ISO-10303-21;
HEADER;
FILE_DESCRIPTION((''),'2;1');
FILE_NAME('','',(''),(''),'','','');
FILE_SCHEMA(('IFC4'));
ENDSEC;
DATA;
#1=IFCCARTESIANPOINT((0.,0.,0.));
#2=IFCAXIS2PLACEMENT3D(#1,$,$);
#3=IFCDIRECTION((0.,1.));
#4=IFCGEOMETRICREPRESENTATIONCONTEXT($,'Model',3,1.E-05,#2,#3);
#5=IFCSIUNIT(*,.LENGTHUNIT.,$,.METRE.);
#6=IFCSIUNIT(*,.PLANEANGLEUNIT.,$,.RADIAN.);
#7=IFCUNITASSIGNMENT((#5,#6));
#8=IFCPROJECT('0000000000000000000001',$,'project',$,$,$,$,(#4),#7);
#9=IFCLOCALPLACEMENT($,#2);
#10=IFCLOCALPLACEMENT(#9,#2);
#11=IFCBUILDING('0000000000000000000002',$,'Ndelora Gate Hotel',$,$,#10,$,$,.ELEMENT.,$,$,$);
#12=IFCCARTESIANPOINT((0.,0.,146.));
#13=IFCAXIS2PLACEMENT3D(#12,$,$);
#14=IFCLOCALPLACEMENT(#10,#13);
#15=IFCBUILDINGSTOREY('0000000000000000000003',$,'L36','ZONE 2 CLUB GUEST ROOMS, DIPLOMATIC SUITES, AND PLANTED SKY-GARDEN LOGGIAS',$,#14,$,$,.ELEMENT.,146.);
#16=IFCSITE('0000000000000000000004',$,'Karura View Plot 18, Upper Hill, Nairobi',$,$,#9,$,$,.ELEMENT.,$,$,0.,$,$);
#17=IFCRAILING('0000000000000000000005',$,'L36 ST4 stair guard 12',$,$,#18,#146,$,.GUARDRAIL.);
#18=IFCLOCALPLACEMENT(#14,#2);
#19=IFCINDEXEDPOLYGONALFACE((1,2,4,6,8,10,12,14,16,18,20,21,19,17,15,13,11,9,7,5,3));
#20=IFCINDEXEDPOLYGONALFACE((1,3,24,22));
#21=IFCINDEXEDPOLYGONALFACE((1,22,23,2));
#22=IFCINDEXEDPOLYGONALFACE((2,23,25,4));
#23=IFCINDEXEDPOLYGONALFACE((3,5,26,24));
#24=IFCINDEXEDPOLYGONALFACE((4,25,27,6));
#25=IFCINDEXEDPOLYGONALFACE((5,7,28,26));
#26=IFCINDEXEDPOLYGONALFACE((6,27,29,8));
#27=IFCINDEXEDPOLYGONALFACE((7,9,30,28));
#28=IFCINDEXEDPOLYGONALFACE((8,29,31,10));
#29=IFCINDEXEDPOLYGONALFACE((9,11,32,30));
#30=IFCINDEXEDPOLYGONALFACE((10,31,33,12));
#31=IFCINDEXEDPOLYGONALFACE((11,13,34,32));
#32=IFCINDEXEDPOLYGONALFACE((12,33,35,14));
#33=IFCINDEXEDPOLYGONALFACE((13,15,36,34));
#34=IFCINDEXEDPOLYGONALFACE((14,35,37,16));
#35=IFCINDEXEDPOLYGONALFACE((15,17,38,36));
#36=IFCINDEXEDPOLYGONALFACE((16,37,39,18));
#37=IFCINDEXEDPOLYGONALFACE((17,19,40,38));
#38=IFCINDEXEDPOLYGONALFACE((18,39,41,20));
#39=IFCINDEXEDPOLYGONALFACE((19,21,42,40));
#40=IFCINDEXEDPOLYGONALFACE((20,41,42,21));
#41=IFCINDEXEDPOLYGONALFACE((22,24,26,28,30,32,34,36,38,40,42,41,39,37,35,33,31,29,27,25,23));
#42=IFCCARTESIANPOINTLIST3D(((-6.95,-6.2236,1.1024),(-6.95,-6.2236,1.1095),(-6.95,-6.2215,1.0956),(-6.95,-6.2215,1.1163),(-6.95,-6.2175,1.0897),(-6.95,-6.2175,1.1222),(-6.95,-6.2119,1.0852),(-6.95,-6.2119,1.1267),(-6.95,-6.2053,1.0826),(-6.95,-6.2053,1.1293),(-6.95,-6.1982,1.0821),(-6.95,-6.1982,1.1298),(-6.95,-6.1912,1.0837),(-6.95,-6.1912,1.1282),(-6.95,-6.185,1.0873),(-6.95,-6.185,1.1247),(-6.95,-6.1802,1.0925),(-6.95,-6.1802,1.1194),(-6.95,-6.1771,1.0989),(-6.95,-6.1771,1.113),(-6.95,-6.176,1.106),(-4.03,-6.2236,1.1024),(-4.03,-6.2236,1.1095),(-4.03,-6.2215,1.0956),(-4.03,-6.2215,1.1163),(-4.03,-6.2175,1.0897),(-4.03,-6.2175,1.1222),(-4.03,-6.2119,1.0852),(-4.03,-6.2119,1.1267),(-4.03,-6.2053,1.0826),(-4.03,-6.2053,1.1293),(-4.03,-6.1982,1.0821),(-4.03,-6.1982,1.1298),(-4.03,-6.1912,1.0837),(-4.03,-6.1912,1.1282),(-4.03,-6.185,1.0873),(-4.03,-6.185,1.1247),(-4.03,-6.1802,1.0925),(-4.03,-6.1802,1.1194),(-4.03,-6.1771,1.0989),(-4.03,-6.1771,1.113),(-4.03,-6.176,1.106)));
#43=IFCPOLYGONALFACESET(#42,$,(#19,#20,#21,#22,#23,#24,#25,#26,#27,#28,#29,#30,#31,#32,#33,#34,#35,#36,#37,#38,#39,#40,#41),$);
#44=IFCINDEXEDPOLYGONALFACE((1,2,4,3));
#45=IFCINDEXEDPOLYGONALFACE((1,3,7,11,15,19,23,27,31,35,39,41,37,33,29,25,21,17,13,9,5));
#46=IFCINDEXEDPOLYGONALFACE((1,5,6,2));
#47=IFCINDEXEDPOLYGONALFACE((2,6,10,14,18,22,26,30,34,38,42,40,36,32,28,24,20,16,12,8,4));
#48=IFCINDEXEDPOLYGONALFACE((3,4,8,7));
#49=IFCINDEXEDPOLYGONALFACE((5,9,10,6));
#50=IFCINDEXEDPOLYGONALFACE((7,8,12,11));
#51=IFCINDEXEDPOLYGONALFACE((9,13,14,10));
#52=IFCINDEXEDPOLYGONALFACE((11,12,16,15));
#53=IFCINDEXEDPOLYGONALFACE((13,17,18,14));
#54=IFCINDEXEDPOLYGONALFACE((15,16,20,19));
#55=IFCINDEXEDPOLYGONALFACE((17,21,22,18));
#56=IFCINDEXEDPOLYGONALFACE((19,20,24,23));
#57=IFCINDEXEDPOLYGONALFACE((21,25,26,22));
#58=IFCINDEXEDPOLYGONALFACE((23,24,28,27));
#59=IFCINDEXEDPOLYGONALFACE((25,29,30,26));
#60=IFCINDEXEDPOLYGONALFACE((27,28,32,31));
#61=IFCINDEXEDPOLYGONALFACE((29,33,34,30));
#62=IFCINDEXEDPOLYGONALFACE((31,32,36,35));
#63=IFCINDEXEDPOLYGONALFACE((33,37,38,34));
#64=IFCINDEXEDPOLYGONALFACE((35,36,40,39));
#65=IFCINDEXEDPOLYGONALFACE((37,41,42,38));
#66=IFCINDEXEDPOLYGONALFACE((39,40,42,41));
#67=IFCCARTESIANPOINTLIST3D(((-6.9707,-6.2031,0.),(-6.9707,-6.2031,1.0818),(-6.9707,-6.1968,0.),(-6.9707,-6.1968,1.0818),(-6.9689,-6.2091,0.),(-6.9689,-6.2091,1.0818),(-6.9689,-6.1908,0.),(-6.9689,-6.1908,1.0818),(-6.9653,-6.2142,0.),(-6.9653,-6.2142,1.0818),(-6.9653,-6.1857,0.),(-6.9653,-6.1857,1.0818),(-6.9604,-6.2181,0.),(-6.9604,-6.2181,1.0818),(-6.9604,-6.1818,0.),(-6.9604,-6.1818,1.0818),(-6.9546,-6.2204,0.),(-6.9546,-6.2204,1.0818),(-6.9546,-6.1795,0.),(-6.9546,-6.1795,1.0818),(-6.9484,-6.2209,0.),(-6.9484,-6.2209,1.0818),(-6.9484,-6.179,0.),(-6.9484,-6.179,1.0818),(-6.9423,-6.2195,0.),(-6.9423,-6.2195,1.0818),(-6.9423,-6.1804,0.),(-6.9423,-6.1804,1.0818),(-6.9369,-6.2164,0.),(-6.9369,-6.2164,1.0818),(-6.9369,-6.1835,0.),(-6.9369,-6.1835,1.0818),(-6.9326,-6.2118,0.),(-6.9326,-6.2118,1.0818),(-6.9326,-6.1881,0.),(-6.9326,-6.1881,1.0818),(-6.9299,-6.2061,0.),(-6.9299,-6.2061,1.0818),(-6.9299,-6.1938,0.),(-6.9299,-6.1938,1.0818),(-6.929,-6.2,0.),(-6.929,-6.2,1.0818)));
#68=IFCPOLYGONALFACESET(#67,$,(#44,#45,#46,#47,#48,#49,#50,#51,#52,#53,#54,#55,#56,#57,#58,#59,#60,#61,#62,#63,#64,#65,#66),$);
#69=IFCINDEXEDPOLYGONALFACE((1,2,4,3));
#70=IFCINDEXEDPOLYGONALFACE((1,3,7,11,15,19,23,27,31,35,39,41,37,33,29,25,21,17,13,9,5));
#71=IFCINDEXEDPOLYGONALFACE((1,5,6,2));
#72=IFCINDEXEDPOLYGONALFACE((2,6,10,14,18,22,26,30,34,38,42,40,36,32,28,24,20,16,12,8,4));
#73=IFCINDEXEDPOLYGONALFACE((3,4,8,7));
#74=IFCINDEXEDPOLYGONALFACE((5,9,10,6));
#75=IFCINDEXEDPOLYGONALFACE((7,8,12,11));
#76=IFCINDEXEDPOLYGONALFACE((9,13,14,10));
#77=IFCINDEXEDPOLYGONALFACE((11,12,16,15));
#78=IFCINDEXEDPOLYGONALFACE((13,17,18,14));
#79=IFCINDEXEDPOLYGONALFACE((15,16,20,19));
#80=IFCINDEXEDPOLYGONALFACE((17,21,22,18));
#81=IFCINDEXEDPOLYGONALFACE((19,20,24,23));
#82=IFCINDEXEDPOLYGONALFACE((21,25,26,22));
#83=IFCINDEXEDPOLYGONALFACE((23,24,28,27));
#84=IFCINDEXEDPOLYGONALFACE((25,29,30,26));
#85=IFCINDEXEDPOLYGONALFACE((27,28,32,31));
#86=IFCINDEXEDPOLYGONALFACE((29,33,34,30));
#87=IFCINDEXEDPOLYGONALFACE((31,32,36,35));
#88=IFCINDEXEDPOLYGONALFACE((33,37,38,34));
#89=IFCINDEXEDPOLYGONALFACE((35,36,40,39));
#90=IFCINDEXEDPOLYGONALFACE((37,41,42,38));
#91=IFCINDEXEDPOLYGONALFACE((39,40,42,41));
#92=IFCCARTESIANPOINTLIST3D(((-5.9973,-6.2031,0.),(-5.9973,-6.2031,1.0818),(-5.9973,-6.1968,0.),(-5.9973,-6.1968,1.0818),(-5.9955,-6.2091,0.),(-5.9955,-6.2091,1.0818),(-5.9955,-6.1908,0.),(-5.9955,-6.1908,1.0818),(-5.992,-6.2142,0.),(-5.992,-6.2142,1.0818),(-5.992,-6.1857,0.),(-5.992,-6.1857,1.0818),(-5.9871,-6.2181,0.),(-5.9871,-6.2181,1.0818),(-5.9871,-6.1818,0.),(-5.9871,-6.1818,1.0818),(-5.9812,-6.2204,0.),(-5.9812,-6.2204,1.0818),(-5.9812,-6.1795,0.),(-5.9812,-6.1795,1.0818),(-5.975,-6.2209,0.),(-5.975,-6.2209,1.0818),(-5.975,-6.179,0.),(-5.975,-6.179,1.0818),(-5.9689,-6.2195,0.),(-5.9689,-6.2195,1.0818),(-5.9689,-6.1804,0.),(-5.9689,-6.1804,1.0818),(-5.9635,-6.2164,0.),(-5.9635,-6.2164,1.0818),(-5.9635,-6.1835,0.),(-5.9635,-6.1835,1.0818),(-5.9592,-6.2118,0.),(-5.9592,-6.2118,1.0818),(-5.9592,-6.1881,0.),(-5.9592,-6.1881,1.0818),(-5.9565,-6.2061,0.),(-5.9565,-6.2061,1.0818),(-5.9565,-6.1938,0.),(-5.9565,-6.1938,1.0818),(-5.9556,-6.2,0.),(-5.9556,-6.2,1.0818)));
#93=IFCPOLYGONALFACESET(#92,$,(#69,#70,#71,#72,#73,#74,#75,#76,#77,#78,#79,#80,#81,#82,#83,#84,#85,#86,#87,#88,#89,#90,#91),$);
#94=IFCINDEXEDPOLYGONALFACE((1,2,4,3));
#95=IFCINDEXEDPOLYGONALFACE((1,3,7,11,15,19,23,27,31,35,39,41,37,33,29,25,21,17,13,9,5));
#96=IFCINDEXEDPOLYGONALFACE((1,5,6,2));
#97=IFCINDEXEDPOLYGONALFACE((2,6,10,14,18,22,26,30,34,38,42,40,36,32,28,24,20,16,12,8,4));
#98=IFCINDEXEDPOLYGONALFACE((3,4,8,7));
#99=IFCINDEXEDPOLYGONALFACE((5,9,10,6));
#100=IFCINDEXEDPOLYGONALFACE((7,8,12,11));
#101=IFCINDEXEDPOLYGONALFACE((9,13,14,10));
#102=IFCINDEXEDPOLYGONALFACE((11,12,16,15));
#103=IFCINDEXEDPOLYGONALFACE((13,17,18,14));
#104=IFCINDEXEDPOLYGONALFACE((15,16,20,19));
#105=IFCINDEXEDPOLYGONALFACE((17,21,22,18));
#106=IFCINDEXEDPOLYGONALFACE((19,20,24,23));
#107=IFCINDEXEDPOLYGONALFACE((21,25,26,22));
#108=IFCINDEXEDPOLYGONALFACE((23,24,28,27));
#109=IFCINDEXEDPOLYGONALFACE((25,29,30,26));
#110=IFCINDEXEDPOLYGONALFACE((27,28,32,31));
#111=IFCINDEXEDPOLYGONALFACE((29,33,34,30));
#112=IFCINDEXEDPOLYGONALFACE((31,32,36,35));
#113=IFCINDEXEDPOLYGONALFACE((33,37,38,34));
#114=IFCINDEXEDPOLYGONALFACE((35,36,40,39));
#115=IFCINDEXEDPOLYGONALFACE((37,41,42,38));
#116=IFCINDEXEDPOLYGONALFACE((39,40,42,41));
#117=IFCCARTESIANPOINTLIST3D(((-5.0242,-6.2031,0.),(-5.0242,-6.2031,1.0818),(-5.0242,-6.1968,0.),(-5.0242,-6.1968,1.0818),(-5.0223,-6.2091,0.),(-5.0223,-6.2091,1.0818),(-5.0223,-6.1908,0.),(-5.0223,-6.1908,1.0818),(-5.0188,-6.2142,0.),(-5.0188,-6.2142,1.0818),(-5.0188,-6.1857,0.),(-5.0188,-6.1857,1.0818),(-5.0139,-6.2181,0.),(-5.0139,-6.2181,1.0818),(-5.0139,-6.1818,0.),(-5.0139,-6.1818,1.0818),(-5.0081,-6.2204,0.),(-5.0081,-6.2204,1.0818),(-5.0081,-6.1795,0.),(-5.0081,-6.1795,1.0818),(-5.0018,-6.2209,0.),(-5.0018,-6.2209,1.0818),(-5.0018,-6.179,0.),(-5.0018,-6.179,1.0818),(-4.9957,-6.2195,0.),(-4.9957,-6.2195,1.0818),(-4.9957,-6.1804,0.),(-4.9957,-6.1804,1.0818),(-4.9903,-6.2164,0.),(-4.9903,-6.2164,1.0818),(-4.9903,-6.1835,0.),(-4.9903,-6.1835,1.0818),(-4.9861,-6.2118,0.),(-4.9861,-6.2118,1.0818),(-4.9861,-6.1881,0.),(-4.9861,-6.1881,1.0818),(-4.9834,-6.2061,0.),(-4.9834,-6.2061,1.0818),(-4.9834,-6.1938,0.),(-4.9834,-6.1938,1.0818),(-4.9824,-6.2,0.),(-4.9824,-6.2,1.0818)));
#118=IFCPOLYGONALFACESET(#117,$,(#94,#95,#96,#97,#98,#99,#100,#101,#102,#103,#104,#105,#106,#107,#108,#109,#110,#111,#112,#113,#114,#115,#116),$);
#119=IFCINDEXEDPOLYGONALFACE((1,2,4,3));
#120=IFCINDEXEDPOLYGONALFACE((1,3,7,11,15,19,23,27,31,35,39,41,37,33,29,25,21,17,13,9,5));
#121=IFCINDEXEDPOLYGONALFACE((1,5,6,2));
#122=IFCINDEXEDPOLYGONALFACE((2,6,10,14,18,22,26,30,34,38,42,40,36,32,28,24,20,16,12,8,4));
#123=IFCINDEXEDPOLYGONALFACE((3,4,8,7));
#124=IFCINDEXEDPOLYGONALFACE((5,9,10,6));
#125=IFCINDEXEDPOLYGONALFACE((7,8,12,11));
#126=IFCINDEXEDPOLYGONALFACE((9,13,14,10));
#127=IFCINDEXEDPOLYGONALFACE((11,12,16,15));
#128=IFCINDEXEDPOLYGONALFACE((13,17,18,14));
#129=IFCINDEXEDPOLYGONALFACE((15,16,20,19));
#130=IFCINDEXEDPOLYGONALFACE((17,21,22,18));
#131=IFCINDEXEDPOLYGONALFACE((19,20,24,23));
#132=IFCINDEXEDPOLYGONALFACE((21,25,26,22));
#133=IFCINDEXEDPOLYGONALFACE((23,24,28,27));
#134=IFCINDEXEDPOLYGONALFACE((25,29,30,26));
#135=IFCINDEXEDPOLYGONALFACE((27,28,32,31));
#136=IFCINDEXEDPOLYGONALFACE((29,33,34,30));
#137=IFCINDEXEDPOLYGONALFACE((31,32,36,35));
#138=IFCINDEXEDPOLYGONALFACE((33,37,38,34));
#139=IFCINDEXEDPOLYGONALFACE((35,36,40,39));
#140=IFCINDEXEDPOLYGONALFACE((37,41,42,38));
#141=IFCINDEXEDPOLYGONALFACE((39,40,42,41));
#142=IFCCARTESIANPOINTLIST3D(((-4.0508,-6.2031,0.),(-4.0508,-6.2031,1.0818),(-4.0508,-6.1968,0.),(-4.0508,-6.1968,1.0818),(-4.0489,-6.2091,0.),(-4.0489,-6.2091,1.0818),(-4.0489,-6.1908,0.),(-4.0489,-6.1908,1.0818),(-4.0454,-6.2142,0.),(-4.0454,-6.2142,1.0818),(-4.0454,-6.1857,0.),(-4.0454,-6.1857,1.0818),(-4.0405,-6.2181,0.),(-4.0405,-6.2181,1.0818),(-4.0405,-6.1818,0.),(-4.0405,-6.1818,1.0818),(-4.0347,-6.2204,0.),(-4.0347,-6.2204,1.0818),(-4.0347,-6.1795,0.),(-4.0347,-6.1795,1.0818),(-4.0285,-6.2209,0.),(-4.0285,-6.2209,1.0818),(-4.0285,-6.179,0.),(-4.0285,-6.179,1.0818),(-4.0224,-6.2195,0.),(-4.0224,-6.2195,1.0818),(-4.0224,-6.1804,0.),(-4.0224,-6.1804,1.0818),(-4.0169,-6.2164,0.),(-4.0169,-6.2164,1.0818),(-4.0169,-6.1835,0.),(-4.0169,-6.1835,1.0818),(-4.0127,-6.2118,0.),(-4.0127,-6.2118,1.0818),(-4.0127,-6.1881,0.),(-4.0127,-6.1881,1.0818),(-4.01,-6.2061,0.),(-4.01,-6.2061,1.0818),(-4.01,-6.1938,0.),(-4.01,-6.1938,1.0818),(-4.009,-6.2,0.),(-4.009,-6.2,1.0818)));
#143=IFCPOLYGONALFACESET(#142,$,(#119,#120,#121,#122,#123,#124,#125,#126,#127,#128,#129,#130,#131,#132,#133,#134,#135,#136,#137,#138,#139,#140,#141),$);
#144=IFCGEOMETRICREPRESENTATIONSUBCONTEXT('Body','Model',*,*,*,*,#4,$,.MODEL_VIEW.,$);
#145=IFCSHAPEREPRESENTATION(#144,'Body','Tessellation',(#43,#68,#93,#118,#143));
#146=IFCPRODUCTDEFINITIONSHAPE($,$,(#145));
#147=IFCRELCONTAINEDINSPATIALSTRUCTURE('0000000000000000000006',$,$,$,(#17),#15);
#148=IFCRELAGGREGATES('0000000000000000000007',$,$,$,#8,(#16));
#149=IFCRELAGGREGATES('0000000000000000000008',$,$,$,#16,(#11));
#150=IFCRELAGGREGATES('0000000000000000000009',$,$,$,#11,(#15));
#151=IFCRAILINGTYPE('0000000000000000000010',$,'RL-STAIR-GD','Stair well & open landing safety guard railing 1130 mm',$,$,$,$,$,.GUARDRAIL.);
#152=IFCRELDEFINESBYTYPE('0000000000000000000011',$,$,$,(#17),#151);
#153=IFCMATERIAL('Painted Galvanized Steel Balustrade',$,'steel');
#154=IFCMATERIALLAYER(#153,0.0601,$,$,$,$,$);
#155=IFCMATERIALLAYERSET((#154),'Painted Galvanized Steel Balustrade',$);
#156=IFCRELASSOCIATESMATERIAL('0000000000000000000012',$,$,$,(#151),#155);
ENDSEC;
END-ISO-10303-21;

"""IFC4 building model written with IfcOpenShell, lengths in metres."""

from ifc_helpers import new_model, si_unit, direction, frame, origin, origin_2d, place, context, subcontext, project, spatial, circle, extrude, material, layer, layer_set, type_object, element, save


model = new_model("IFC4")

# Units and contexts
model_context = context("Model", 3, precision=1e-05, world=origin(), true_north=direction((0.0, 1.0)))
body_context = subcontext(model_context, "Body", "Model", "MODEL_VIEW")
ifc_project = project(units=[si_unit("LENGTHUNIT", "METRE"), si_unit("PLANEANGLEUNIT", "RADIAN")], contexts=[model_context])

# Site, building, storey
site_placement = place(None, origin())
site = spatial("IfcSite", under=ifc_project, at=site_placement, Name="Karura View Plot 18, Upper Hill, Nairobi", CompositionType="ELEMENT", RefElevation=0.0)
building_placement = place(site_placement, origin())
building = spatial("IfcBuilding", under=site, at=building_placement, Name="Ndelora Gate Hotel", CompositionType="ELEMENT")
storey_placement = place(building_placement, frame((0.0, 0.0, 146.0)))
storey = spatial("IfcBuildingStorey", under=building, at=storey_placement, Name="L36", Description="ZONE 2 CLUB GUEST ROOMS, DIPLOMATIC SUITES, AND PLANTED SKY-GARDEN LOGGIAS", CompositionType="ELEMENT", Elevation=146.0)

# Railing
ifc_material_1 = material(Name="Painted Galvanized Steel Balustrade", Category="steel")
ifc_layer_1 = layer(ifc_material_1, 0.0601)
ifc_layer_set_1 = layer_set([ifc_layer_1], Name="Painted Galvanized Steel Balustrade")
railing_type = type_object("IfcRailingType", Name="RL-STAIR-GD", Description="Stair well & open landing safety guard railing 1130 mm", PredefinedType="GUARDRAIL", material=ifc_layer_set_1)
railing_1_placement = place(storey_placement, frame((-6.95, -6.2, 0.0)))
element("IfcRailing", 1, at=railing_1_placement, inside=storey, type_object=railing_type, Name="L36 ST4 stair guard 12", PredefinedType="GUARDRAIL", context=body_context, shape_type="SweptSolid", body=[
    extrude(circle(Radius=0.0239, at=origin_2d()), frame((0.0, 0.0, 1.106), z_axis=(1.0, 0.0, 0.0), x_axis=(0.0, 1.0, 0.0)), (0.0, 0.0, 1.0), 2.9199),
    extrude(circle(Radius=0.021, at=origin_2d()), origin(), (0.0, 0.0, 1.0), 1.0818),
    extrude(circle(Radius=0.021, at=origin_2d()), frame((0.9734, 0.0, 0.0)), (0.0, 0.0, 1.0), 1.0818),
    extrude(circle(Radius=0.021, at=origin_2d()), frame((1.9465, 0.0, 0.0)), (0.0, 0.0, 1.0), 1.0818),
    extrude(circle(Radius=0.021, at=origin_2d()), frame((2.9199, 0.0, 0.0)), (0.0, 0.0, 1.0), 1.0818),
])

save(model, "model.ifc")
